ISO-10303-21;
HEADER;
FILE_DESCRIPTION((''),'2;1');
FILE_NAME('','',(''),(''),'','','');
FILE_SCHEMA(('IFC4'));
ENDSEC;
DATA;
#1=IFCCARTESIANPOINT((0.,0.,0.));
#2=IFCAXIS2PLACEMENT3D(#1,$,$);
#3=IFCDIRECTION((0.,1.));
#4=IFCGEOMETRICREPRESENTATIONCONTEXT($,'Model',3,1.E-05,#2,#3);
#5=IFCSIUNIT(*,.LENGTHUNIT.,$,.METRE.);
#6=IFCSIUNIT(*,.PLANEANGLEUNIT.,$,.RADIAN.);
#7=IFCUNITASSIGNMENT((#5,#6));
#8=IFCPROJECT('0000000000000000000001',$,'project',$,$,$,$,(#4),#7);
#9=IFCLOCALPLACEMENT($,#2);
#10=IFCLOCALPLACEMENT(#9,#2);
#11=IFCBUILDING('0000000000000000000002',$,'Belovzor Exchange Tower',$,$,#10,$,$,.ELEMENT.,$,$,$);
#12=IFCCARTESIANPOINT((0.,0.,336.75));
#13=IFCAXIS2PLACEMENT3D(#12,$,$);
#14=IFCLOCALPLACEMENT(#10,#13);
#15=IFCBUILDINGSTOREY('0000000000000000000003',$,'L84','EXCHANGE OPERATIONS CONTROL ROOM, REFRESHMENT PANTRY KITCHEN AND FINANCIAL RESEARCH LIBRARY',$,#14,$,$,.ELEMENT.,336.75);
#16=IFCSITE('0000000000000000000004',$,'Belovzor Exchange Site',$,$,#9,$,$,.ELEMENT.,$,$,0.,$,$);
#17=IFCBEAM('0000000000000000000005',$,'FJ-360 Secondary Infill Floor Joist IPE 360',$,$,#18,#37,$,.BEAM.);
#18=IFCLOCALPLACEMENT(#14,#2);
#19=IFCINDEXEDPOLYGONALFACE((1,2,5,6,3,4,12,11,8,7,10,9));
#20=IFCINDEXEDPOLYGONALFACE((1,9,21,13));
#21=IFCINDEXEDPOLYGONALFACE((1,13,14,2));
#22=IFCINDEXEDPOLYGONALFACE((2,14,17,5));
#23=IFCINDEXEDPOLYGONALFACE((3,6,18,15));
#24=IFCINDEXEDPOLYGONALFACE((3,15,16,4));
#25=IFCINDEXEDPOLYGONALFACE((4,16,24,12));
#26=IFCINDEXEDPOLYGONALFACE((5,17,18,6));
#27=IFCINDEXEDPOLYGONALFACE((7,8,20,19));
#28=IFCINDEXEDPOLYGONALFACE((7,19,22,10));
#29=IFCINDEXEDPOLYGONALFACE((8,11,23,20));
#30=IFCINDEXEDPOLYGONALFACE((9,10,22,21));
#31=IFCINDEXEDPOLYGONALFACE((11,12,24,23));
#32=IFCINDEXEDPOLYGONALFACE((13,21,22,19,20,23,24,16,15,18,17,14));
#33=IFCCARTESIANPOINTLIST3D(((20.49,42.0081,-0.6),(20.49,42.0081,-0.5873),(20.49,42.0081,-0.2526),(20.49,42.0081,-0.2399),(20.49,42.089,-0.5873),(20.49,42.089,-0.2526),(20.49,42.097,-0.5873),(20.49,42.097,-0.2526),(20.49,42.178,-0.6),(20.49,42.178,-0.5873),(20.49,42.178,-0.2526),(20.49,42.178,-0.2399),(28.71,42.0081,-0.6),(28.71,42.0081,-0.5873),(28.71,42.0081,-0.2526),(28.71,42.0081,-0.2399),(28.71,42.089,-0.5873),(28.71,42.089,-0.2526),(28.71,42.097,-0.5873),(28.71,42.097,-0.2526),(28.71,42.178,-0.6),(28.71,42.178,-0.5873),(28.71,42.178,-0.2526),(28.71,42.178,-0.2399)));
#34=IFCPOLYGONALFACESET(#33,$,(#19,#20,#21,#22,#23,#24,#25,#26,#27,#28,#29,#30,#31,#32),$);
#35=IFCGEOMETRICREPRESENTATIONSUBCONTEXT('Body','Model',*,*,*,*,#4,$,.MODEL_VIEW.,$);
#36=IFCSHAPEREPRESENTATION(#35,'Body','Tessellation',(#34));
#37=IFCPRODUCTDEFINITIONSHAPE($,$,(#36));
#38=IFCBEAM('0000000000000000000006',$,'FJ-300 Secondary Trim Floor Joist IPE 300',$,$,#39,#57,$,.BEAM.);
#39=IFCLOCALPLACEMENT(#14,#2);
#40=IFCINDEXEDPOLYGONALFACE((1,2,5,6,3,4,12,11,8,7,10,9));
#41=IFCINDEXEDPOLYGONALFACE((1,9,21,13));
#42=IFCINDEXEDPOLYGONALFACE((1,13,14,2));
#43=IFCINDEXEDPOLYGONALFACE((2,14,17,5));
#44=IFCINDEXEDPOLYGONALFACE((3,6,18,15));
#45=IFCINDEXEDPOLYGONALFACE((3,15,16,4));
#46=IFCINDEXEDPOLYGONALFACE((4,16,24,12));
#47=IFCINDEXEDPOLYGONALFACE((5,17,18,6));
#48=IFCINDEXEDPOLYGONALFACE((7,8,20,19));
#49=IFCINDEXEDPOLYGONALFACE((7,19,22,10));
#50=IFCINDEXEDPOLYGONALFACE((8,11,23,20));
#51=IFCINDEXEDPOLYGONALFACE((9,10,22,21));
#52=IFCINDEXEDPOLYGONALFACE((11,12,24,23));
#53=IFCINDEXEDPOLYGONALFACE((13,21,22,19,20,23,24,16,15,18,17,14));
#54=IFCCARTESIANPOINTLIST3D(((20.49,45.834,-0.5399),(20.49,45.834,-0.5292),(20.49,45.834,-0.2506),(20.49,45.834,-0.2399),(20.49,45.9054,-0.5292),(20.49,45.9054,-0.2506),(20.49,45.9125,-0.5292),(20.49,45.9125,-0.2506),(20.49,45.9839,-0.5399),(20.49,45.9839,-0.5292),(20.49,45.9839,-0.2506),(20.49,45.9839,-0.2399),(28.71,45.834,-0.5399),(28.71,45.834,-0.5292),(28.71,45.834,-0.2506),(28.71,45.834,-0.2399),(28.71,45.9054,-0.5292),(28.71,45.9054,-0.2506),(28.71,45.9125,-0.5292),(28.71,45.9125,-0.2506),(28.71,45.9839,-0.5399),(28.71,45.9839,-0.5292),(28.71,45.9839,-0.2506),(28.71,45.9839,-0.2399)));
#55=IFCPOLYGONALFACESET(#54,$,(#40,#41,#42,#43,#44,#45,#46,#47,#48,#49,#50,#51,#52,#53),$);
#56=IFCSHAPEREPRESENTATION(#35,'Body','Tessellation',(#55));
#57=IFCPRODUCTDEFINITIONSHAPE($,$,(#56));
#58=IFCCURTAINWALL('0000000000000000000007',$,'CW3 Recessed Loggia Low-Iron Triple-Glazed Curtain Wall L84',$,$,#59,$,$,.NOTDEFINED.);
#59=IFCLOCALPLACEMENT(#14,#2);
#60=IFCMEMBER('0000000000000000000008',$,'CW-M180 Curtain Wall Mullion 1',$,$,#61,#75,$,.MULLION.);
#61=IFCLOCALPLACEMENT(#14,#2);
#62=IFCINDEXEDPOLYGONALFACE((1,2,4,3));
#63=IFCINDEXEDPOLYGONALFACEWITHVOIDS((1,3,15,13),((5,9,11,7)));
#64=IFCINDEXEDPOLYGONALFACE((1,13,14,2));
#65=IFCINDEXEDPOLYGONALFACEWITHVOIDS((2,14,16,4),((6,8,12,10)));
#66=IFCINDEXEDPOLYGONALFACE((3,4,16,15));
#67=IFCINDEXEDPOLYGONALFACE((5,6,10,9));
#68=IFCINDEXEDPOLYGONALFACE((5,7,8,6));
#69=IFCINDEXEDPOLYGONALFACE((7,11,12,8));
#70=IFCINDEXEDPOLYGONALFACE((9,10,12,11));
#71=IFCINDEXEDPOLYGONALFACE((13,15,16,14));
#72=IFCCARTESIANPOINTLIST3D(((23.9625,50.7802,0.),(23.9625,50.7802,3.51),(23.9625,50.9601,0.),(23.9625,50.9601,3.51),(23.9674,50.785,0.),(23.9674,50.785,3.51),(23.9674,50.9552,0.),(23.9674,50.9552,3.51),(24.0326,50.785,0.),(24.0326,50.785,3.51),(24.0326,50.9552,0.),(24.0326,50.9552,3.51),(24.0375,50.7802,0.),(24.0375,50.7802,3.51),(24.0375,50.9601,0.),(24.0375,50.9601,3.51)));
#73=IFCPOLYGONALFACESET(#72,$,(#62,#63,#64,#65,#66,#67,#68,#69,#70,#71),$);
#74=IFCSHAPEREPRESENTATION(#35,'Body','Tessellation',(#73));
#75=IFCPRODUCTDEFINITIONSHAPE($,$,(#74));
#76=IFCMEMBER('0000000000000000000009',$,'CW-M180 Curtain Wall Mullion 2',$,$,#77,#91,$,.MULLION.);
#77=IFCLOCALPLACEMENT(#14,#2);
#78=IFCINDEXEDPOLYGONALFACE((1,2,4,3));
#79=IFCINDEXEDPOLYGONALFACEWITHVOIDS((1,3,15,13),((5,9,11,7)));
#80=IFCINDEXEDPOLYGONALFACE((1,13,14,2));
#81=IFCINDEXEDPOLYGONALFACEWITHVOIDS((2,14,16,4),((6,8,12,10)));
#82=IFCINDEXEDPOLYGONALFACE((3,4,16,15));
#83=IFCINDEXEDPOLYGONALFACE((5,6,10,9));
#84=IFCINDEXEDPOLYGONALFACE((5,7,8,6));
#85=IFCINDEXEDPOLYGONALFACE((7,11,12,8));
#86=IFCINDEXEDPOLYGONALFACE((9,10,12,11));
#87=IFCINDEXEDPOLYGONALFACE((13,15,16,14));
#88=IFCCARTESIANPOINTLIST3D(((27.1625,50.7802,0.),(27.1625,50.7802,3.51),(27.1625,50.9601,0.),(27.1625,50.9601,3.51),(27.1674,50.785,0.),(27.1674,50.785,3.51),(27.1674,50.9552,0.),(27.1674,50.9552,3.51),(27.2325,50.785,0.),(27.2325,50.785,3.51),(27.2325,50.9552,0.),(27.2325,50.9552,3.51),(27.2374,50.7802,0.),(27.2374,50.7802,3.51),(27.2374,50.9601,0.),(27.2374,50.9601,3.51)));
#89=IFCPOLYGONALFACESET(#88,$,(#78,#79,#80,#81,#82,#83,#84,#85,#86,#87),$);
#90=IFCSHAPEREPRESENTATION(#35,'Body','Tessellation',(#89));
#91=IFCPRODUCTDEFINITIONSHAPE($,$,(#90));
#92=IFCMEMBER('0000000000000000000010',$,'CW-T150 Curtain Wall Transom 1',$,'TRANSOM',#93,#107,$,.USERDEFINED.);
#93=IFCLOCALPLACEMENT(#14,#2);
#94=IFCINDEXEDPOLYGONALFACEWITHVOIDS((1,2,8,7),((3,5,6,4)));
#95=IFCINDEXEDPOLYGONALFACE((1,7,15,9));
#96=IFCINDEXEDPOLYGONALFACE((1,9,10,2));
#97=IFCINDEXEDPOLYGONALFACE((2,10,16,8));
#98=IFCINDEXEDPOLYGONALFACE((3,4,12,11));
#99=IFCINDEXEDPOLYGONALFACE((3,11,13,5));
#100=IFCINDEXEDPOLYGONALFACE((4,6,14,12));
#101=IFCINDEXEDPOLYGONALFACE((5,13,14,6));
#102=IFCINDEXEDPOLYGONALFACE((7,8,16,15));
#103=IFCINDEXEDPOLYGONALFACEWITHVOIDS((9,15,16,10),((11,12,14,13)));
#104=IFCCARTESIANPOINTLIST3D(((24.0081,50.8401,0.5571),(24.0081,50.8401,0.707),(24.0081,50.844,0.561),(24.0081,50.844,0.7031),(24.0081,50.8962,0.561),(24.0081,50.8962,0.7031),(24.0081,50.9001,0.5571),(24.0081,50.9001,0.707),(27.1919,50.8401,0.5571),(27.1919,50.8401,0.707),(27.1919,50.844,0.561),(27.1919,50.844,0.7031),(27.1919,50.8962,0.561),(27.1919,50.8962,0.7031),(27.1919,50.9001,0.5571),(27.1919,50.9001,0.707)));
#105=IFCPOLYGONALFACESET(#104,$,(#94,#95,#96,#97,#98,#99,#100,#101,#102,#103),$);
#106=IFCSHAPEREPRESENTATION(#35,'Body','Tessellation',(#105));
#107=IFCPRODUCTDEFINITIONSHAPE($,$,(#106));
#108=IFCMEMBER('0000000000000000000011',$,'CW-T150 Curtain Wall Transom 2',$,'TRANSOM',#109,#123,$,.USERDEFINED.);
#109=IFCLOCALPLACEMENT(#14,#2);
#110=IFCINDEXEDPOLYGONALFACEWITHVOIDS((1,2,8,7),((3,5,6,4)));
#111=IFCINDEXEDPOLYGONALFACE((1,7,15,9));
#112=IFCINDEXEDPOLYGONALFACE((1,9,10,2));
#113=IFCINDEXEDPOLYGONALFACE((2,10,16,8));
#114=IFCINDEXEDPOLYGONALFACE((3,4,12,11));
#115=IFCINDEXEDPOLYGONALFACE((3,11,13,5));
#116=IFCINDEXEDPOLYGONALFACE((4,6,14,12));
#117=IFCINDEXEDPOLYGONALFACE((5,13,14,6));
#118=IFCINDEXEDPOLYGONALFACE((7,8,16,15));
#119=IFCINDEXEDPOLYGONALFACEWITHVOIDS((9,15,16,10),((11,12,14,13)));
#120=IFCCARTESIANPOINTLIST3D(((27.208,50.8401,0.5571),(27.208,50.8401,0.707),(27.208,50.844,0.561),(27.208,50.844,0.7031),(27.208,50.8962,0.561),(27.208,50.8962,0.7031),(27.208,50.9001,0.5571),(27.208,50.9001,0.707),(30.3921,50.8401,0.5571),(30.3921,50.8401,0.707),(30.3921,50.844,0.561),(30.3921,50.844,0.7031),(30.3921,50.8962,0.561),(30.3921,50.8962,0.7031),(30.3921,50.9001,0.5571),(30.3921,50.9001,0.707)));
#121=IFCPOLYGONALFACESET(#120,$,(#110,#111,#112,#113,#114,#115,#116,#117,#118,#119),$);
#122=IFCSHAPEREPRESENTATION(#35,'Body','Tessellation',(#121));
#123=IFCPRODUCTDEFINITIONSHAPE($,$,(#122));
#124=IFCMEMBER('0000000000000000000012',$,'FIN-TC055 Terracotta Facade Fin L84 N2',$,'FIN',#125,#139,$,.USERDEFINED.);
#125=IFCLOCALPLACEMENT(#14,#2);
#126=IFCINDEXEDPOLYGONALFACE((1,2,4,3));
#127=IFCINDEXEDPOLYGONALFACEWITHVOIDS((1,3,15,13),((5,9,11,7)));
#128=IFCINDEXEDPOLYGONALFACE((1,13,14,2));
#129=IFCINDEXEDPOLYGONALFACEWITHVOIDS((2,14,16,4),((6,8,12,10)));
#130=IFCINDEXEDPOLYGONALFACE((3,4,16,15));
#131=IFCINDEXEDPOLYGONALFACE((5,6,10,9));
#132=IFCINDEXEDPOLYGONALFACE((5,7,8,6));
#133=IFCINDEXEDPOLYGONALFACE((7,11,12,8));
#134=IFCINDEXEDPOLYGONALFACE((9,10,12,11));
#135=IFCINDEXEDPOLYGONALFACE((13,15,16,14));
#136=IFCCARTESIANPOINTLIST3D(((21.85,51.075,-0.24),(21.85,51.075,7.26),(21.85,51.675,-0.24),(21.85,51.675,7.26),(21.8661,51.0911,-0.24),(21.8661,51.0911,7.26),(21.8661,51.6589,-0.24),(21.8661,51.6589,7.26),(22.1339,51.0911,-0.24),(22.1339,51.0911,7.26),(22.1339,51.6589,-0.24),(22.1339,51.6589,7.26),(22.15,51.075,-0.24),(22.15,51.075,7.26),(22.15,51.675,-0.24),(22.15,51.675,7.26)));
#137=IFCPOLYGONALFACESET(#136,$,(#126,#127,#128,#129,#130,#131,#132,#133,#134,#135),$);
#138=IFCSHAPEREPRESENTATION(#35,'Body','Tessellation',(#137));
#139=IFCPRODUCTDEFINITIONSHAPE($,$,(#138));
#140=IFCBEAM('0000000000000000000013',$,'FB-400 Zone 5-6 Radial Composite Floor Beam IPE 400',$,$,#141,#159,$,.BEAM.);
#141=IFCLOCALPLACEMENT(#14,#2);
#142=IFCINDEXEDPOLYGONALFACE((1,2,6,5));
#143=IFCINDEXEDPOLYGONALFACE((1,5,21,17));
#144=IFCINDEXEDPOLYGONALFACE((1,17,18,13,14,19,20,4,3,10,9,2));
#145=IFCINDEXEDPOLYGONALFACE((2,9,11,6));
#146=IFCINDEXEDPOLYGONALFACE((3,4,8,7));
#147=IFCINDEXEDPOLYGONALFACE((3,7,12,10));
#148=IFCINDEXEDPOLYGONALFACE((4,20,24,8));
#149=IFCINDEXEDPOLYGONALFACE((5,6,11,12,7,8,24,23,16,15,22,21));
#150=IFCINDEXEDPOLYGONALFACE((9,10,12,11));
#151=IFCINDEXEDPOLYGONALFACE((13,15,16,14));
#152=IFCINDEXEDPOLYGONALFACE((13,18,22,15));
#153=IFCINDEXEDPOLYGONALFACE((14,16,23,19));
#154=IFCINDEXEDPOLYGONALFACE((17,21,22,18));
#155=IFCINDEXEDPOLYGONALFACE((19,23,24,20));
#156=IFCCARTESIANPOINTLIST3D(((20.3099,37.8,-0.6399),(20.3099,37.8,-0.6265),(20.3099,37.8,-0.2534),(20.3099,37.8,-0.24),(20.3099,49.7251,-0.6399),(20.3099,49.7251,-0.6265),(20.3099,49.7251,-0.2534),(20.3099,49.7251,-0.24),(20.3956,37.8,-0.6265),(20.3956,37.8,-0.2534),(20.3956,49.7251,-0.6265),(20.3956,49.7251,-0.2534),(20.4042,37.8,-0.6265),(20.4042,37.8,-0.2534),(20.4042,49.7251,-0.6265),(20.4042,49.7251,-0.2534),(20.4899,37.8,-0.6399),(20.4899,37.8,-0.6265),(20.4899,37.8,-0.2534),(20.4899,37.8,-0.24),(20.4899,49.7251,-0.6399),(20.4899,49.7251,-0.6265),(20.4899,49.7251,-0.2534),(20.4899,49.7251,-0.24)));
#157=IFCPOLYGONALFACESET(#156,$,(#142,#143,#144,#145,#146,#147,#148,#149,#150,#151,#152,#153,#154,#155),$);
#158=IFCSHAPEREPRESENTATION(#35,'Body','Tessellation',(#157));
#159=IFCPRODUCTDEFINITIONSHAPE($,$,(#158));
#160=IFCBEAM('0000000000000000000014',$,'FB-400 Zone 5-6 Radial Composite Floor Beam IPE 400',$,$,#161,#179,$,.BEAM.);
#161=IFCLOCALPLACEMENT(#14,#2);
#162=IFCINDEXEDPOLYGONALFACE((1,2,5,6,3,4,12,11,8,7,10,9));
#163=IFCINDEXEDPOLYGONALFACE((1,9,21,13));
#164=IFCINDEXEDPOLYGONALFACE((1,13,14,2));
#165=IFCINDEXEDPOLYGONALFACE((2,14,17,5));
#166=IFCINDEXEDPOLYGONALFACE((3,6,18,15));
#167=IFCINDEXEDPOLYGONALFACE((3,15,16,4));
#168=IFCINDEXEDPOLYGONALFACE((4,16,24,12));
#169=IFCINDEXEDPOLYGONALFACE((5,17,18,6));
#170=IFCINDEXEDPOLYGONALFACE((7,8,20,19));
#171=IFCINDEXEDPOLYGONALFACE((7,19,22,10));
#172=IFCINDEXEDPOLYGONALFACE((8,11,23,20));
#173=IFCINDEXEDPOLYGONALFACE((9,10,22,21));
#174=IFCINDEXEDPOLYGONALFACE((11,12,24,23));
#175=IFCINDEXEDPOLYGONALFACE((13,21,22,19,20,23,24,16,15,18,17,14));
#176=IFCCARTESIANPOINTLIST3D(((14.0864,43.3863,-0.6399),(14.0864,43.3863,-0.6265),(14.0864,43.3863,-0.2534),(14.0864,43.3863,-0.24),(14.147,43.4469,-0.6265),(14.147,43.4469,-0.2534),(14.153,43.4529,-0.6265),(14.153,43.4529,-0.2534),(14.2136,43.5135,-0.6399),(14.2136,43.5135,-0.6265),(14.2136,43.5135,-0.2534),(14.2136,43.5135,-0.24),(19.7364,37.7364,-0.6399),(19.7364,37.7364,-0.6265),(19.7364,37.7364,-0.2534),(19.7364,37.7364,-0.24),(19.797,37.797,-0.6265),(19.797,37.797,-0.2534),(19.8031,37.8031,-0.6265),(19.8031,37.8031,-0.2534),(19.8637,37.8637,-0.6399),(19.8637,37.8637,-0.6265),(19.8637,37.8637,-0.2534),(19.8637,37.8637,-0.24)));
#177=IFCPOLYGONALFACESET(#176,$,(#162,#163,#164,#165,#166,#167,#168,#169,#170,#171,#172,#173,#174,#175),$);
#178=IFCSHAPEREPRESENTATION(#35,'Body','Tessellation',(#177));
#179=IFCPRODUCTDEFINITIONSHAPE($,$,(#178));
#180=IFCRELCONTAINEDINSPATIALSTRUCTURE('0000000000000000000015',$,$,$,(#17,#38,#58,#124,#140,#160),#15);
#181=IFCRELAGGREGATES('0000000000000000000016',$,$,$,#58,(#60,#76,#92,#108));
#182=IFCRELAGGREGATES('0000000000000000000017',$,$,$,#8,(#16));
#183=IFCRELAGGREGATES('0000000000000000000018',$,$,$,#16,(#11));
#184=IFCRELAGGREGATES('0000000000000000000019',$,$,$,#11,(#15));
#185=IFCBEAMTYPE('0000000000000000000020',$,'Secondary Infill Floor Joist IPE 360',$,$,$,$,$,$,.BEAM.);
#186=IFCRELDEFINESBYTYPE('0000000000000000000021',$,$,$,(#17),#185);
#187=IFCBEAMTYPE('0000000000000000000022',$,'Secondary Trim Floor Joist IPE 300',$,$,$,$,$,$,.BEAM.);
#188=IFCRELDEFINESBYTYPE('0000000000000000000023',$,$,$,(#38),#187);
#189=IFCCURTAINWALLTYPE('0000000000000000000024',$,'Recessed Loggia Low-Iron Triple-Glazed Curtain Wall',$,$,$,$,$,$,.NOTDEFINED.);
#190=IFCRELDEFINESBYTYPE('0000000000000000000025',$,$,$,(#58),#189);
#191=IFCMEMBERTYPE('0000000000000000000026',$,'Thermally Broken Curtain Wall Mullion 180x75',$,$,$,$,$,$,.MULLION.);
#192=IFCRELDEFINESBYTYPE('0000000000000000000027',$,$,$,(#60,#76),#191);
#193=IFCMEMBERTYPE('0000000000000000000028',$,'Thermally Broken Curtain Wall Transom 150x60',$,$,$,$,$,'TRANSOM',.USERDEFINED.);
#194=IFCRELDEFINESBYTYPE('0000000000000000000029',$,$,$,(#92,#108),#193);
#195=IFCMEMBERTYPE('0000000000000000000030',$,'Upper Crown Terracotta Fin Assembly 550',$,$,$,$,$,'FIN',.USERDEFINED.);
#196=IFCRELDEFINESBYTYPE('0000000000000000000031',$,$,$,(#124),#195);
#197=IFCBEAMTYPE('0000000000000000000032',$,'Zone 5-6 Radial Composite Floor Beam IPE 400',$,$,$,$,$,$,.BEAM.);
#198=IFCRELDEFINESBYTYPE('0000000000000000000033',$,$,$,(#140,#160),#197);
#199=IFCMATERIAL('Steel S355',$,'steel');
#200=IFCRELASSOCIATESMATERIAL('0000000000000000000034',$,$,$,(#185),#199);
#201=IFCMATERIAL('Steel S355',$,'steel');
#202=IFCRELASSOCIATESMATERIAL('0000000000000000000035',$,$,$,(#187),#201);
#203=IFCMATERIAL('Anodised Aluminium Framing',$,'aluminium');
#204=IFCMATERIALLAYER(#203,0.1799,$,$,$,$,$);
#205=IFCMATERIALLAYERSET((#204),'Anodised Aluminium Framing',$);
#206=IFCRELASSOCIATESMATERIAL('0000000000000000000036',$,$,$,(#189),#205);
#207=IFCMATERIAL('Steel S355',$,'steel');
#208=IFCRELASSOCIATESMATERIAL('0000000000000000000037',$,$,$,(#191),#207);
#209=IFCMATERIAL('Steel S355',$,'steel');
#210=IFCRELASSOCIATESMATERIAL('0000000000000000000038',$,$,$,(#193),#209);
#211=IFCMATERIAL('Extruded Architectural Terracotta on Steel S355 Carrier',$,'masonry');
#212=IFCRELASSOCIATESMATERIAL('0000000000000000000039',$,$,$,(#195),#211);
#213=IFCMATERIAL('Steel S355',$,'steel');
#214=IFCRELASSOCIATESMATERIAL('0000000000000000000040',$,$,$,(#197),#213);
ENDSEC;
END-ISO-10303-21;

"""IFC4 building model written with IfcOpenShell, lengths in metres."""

from ifc_helpers import new_model, si_unit, direction, frame, origin, origin_2d, place, context, subcontext, project, spatial, hollow_rectangle, i_section, extrude, material, layer, layer_set, material_profile, profile_set, type_object, element, aggregate, save


model = new_model("IFC4")

# Units and contexts
model_context = context("Model", 3, precision=1e-05, world=origin(), true_north=direction((0.0, 1.0)))
body_context = subcontext(model_context, "Body", "Model", "MODEL_VIEW")
ifc_project = project(units=[si_unit("LENGTHUNIT", "METRE"), si_unit("PLANEANGLEUNIT", "RADIAN")], contexts=[model_context])

# Site, building, storey
site_placement = place(None, origin())
site = spatial("IfcSite", under=ifc_project, at=site_placement, Name="Belovzor Exchange Site", CompositionType="ELEMENT", RefElevation=0.0)
building_placement = place(site_placement, origin())
building = spatial("IfcBuilding", under=site, at=building_placement, Name="Belovzor Exchange Tower", CompositionType="ELEMENT")
storey_placement = place(building_placement, frame((0.0, 0.0, 336.75)))
storey = spatial("IfcBuildingStorey", under=building, at=storey_placement, Name="L84", Description="EXCHANGE OPERATIONS CONTROL ROOM, REFRESHMENT PANTRY KITCHEN AND FINANCIAL RESEARCH LIBRARY", CompositionType="ELEMENT", Elevation=336.75)

# Beams
ifc_material_1 = material(Name="Steel S355", Category="steel")
ifc_material_profile_1 = material_profile(ifc_material_1, i_section(OverallWidth=0.1699, OverallDepth=0.3601, WebThickness=0.0081, FlangeThickness=0.0127, at=origin_2d()))
ifc_profile_set_1 = profile_set([ifc_material_profile_1], Name="Steel S355")
beam_type_1 = type_object("IfcBeamType", Name="Secondary Infill Floor Joist IPE 360", PredefinedType="BEAM", material=ifc_profile_set_1)
beam_1_placement = place(storey_placement, frame((20.49, 42.093, -0.4199), z_axis=(1.0, 0.0, 0.0), x_axis=(0.0, 1.0, 0.0)))
element("IfcBeam", 1, at=beam_1_placement, inside=storey, type_object=beam_type_1, Name="FJ-360 Secondary Infill Floor Joist IPE 360", PredefinedType="BEAM", context=body_context, shape_type="SweptSolid", body=[
    extrude(i_section(OverallWidth=0.1699, OverallDepth=0.3601, WebThickness=0.0081, FlangeThickness=0.0127, at=origin_2d()), origin(), (0.0, 0.0, 1.0), 8.22),
])
ifc_material_2 = material(Name="Steel S355", Category="steel")
ifc_material_profile_2 = material_profile(ifc_material_2, i_section(OverallWidth=0.1499, OverallDepth=0.3, WebThickness=0.0071, FlangeThickness=0.0107, at=origin_2d()))
ifc_profile_set_2 = profile_set([ifc_material_profile_2], Name="Steel S355")
beam_type_2 = type_object("IfcBeamType", Name="Secondary Trim Floor Joist IPE 300", PredefinedType="BEAM", material=ifc_profile_set_2)
beam_2_placement = place(storey_placement, frame((20.49, 45.9089, -0.3899), z_axis=(1.0, 0.0, 0.0), x_axis=(0.0, 1.0, 0.0)))
element("IfcBeam", 2, at=beam_2_placement, inside=storey, type_object=beam_type_2, Name="FJ-300 Secondary Trim Floor Joist IPE 300", PredefinedType="BEAM", context=body_context, shape_type="SweptSolid", body=[
    extrude(i_section(OverallWidth=0.1499, OverallDepth=0.3, WebThickness=0.0071, FlangeThickness=0.0107, at=origin_2d()), origin(), (0.0, 0.0, 1.0), 8.22),
])

# Curtain wall, members
ifc_material_3 = material(Name="Anodised Aluminium Framing", Category="aluminium")
ifc_layer_1 = layer(ifc_material_3, 0.1799)
ifc_layer_set_1 = layer_set([ifc_layer_1], Name="Anodised Aluminium Framing")
curtain_wall_type = type_object("IfcCurtainWallType", Name="Recessed Loggia Low-Iron Triple-Glazed Curtain Wall", PredefinedType="NOTDEFINED", material=ifc_layer_set_1)
curtain_wall_placement = place(storey_placement, origin())
curtain_wall = element("IfcCurtainWall", 3, at=curtain_wall_placement, inside=storey, type_object=curtain_wall_type, Name="CW3 Recessed Loggia Low-Iron Triple-Glazed Curtain Wall L84", PredefinedType="NOTDEFINED")
ifc_material_4 = material(Name="Steel S355", Category="steel")
ifc_material_profile_3 = material_profile(ifc_material_4, hollow_rectangle(XDim=0.075, YDim=0.1799, WallThickness=0.0049, at=origin_2d()))
ifc_profile_set_3 = profile_set([ifc_material_profile_3], Name="Steel S355")
member_type_1 = type_object("IfcMemberType", Name="Thermally Broken Curtain Wall Mullion 180x75", PredefinedType="MULLION", material=ifc_profile_set_3)
member_1_placement = place(storey_placement, frame((24.0, 50.8701, 0.0), z_axis=(0.0, 0.0, 1.0), x_axis=(1.0, 0.0, 0.0)))
member_1 = element("IfcMember", 4, at=member_1_placement, type_object=member_type_1, Name="CW-M180 Curtain Wall Mullion 1", PredefinedType="MULLION", context=body_context, shape_type="SweptSolid", body=[
    extrude(hollow_rectangle(XDim=0.075, YDim=0.1799, WallThickness=0.0049, at=origin_2d()), origin(), (0.0, 0.0, 1.0), 3.51),
])
member_2_placement = place(storey_placement, frame((27.2, 50.8701, 0.0), z_axis=(0.0, 0.0, 1.0), x_axis=(1.0, 0.0, 0.0)))
member_2 = element("IfcMember", 5, at=member_2_placement, type_object=member_type_1, Name="CW-M180 Curtain Wall Mullion 2", PredefinedType="MULLION", context=body_context, shape_type="SweptSolid", body=[
    extrude(hollow_rectangle(XDim=0.075, YDim=0.1799, WallThickness=0.0049, at=origin_2d()), origin(), (0.0, 0.0, 1.0), 3.51),
])
ifc_material_5 = material(Name="Steel S355", Category="steel")
ifc_material_profile_4 = material_profile(ifc_material_5, hollow_rectangle(XDim=0.0601, YDim=0.1499, WallThickness=0.0039, at=origin_2d()))
ifc_profile_set_4 = profile_set([ifc_material_profile_4], Name="Steel S355")
member_type_2 = type_object("IfcMemberType", Name="Thermally Broken Curtain Wall Transom 150x60", ElementType="TRANSOM", PredefinedType="USERDEFINED", material=ifc_profile_set_4)
member_3_placement = place(storey_placement, frame((24.0081, 50.8701, 0.6321), z_axis=(1.0, 0.0, 0.0), x_axis=(0.0, 1.0, 0.0)))
member_3 = element("IfcMember", 6, at=member_3_placement, type_object=member_type_2, Name="CW-T150 Curtain Wall Transom 1", ObjectType="TRANSOM", PredefinedType="USERDEFINED", context=body_context, shape_type="SweptSolid", body=[
    extrude(hollow_rectangle(XDim=0.0601, YDim=0.1499, WallThickness=0.0039, at=origin_2d()), origin(), (0.0, 0.0, 1.0), 3.1838),
])
member_4_placement = place(storey_placement, frame((27.208, 50.8701, 0.6321), z_axis=(1.0, 0.0, 0.0), x_axis=(0.0, 1.0, 0.0)))
member_4 = element("IfcMember", 7, at=member_4_placement, type_object=member_type_2, Name="CW-T150 Curtain Wall Transom 2", ObjectType="TRANSOM", PredefinedType="USERDEFINED", context=body_context, shape_type="SweptSolid", body=[
    extrude(hollow_rectangle(XDim=0.0601, YDim=0.1499, WallThickness=0.0039, at=origin_2d()), origin(), (0.0, 0.0, 1.0), 3.1841),
])

# Member
ifc_material_6 = material(Name="Extruded Architectural Terracotta on Steel S355 Carrier", Category="masonry")
ifc_material_profile_5 = material_profile(ifc_material_6, hollow_rectangle(XDim=0.3, YDim=0.6001, WallThickness=0.0161, at=origin_2d()))
ifc_profile_set_5 = profile_set([ifc_material_profile_5], Name="Extruded Architectural Terracotta on Steel S355 Carrier")
member_type_3 = type_object("IfcMemberType", Name="Upper Crown Terracotta Fin Assembly 550", ElementType="FIN", PredefinedType="USERDEFINED", material=ifc_profile_set_5)
member_5_placement = place(storey_placement, frame((22.0, 51.375, -0.24), z_axis=(0.0, 0.0, 1.0), x_axis=(1.0, 0.0, 0.0)))
element("IfcMember", 8, at=member_5_placement, inside=storey, type_object=member_type_3, Name="FIN-TC055 Terracotta Facade Fin L84 N2", ObjectType="FIN", PredefinedType="USERDEFINED", context=body_context, shape_type="SweptSolid", body=[
    extrude(hollow_rectangle(XDim=0.3, YDim=0.6001, WallThickness=0.0161, at=origin_2d()), origin(), (0.0, 0.0, 1.0), 7.5),
])

# Beams
ifc_material_7 = material(Name="Steel S355", Category="steel")
ifc_material_profile_6 = material_profile(ifc_material_7, i_section(OverallWidth=0.1799, OverallDepth=0.3999, WebThickness=0.0085, FlangeThickness=0.0134, at=origin_2d()))
ifc_profile_set_6 = profile_set([ifc_material_profile_6], Name="Steel S355")
beam_type_3 = type_object("IfcBeamType", Name="Zone 5-6 Radial Composite Floor Beam IPE 400", PredefinedType="BEAM", material=ifc_profile_set_6)
beam_3_placement = place(storey_placement, frame((20.3999, 37.8, -0.4399), z_axis=(0.0, 1.0, 0.0), x_axis=(-1.0, 0.0, 0.0)))
element("IfcBeam", 9, at=beam_3_placement, inside=storey, type_object=beam_type_3, Name="FB-400 Zone 5-6 Radial Composite Floor Beam IPE 400", PredefinedType="BEAM", context=body_context, shape_type="SweptSolid", body=[
    extrude(i_section(OverallWidth=0.1799, OverallDepth=0.3999, WebThickness=0.0085, FlangeThickness=0.0134, at=origin_2d()), origin(), (0.0, 0.0, 1.0), 11.925),
])
beam_4_placement = place(storey_placement, frame((19.8, 37.8, -0.4399), z_axis=(-0.707122, 0.707092, 0.0), x_axis=(-0.707092, -0.707122, 0.0)))
element("IfcBeam", 10, at=beam_4_placement, inside=storey, type_object=beam_type_3, Name="FB-400 Zone 5-6 Radial Composite Floor Beam IPE 400", PredefinedType="BEAM", context=body_context, shape_type="SweptSolid", body=[
    extrude(i_section(OverallWidth=0.1799, OverallDepth=0.3999, WebThickness=0.0085, FlangeThickness=0.0134, at=origin_2d()), origin(), (0.0, 0.0, 1.0), 7.9902),
])

aggregate(curtain_wall, [member_1, member_2, member_3, member_4])

save(model, "model.ifc")
